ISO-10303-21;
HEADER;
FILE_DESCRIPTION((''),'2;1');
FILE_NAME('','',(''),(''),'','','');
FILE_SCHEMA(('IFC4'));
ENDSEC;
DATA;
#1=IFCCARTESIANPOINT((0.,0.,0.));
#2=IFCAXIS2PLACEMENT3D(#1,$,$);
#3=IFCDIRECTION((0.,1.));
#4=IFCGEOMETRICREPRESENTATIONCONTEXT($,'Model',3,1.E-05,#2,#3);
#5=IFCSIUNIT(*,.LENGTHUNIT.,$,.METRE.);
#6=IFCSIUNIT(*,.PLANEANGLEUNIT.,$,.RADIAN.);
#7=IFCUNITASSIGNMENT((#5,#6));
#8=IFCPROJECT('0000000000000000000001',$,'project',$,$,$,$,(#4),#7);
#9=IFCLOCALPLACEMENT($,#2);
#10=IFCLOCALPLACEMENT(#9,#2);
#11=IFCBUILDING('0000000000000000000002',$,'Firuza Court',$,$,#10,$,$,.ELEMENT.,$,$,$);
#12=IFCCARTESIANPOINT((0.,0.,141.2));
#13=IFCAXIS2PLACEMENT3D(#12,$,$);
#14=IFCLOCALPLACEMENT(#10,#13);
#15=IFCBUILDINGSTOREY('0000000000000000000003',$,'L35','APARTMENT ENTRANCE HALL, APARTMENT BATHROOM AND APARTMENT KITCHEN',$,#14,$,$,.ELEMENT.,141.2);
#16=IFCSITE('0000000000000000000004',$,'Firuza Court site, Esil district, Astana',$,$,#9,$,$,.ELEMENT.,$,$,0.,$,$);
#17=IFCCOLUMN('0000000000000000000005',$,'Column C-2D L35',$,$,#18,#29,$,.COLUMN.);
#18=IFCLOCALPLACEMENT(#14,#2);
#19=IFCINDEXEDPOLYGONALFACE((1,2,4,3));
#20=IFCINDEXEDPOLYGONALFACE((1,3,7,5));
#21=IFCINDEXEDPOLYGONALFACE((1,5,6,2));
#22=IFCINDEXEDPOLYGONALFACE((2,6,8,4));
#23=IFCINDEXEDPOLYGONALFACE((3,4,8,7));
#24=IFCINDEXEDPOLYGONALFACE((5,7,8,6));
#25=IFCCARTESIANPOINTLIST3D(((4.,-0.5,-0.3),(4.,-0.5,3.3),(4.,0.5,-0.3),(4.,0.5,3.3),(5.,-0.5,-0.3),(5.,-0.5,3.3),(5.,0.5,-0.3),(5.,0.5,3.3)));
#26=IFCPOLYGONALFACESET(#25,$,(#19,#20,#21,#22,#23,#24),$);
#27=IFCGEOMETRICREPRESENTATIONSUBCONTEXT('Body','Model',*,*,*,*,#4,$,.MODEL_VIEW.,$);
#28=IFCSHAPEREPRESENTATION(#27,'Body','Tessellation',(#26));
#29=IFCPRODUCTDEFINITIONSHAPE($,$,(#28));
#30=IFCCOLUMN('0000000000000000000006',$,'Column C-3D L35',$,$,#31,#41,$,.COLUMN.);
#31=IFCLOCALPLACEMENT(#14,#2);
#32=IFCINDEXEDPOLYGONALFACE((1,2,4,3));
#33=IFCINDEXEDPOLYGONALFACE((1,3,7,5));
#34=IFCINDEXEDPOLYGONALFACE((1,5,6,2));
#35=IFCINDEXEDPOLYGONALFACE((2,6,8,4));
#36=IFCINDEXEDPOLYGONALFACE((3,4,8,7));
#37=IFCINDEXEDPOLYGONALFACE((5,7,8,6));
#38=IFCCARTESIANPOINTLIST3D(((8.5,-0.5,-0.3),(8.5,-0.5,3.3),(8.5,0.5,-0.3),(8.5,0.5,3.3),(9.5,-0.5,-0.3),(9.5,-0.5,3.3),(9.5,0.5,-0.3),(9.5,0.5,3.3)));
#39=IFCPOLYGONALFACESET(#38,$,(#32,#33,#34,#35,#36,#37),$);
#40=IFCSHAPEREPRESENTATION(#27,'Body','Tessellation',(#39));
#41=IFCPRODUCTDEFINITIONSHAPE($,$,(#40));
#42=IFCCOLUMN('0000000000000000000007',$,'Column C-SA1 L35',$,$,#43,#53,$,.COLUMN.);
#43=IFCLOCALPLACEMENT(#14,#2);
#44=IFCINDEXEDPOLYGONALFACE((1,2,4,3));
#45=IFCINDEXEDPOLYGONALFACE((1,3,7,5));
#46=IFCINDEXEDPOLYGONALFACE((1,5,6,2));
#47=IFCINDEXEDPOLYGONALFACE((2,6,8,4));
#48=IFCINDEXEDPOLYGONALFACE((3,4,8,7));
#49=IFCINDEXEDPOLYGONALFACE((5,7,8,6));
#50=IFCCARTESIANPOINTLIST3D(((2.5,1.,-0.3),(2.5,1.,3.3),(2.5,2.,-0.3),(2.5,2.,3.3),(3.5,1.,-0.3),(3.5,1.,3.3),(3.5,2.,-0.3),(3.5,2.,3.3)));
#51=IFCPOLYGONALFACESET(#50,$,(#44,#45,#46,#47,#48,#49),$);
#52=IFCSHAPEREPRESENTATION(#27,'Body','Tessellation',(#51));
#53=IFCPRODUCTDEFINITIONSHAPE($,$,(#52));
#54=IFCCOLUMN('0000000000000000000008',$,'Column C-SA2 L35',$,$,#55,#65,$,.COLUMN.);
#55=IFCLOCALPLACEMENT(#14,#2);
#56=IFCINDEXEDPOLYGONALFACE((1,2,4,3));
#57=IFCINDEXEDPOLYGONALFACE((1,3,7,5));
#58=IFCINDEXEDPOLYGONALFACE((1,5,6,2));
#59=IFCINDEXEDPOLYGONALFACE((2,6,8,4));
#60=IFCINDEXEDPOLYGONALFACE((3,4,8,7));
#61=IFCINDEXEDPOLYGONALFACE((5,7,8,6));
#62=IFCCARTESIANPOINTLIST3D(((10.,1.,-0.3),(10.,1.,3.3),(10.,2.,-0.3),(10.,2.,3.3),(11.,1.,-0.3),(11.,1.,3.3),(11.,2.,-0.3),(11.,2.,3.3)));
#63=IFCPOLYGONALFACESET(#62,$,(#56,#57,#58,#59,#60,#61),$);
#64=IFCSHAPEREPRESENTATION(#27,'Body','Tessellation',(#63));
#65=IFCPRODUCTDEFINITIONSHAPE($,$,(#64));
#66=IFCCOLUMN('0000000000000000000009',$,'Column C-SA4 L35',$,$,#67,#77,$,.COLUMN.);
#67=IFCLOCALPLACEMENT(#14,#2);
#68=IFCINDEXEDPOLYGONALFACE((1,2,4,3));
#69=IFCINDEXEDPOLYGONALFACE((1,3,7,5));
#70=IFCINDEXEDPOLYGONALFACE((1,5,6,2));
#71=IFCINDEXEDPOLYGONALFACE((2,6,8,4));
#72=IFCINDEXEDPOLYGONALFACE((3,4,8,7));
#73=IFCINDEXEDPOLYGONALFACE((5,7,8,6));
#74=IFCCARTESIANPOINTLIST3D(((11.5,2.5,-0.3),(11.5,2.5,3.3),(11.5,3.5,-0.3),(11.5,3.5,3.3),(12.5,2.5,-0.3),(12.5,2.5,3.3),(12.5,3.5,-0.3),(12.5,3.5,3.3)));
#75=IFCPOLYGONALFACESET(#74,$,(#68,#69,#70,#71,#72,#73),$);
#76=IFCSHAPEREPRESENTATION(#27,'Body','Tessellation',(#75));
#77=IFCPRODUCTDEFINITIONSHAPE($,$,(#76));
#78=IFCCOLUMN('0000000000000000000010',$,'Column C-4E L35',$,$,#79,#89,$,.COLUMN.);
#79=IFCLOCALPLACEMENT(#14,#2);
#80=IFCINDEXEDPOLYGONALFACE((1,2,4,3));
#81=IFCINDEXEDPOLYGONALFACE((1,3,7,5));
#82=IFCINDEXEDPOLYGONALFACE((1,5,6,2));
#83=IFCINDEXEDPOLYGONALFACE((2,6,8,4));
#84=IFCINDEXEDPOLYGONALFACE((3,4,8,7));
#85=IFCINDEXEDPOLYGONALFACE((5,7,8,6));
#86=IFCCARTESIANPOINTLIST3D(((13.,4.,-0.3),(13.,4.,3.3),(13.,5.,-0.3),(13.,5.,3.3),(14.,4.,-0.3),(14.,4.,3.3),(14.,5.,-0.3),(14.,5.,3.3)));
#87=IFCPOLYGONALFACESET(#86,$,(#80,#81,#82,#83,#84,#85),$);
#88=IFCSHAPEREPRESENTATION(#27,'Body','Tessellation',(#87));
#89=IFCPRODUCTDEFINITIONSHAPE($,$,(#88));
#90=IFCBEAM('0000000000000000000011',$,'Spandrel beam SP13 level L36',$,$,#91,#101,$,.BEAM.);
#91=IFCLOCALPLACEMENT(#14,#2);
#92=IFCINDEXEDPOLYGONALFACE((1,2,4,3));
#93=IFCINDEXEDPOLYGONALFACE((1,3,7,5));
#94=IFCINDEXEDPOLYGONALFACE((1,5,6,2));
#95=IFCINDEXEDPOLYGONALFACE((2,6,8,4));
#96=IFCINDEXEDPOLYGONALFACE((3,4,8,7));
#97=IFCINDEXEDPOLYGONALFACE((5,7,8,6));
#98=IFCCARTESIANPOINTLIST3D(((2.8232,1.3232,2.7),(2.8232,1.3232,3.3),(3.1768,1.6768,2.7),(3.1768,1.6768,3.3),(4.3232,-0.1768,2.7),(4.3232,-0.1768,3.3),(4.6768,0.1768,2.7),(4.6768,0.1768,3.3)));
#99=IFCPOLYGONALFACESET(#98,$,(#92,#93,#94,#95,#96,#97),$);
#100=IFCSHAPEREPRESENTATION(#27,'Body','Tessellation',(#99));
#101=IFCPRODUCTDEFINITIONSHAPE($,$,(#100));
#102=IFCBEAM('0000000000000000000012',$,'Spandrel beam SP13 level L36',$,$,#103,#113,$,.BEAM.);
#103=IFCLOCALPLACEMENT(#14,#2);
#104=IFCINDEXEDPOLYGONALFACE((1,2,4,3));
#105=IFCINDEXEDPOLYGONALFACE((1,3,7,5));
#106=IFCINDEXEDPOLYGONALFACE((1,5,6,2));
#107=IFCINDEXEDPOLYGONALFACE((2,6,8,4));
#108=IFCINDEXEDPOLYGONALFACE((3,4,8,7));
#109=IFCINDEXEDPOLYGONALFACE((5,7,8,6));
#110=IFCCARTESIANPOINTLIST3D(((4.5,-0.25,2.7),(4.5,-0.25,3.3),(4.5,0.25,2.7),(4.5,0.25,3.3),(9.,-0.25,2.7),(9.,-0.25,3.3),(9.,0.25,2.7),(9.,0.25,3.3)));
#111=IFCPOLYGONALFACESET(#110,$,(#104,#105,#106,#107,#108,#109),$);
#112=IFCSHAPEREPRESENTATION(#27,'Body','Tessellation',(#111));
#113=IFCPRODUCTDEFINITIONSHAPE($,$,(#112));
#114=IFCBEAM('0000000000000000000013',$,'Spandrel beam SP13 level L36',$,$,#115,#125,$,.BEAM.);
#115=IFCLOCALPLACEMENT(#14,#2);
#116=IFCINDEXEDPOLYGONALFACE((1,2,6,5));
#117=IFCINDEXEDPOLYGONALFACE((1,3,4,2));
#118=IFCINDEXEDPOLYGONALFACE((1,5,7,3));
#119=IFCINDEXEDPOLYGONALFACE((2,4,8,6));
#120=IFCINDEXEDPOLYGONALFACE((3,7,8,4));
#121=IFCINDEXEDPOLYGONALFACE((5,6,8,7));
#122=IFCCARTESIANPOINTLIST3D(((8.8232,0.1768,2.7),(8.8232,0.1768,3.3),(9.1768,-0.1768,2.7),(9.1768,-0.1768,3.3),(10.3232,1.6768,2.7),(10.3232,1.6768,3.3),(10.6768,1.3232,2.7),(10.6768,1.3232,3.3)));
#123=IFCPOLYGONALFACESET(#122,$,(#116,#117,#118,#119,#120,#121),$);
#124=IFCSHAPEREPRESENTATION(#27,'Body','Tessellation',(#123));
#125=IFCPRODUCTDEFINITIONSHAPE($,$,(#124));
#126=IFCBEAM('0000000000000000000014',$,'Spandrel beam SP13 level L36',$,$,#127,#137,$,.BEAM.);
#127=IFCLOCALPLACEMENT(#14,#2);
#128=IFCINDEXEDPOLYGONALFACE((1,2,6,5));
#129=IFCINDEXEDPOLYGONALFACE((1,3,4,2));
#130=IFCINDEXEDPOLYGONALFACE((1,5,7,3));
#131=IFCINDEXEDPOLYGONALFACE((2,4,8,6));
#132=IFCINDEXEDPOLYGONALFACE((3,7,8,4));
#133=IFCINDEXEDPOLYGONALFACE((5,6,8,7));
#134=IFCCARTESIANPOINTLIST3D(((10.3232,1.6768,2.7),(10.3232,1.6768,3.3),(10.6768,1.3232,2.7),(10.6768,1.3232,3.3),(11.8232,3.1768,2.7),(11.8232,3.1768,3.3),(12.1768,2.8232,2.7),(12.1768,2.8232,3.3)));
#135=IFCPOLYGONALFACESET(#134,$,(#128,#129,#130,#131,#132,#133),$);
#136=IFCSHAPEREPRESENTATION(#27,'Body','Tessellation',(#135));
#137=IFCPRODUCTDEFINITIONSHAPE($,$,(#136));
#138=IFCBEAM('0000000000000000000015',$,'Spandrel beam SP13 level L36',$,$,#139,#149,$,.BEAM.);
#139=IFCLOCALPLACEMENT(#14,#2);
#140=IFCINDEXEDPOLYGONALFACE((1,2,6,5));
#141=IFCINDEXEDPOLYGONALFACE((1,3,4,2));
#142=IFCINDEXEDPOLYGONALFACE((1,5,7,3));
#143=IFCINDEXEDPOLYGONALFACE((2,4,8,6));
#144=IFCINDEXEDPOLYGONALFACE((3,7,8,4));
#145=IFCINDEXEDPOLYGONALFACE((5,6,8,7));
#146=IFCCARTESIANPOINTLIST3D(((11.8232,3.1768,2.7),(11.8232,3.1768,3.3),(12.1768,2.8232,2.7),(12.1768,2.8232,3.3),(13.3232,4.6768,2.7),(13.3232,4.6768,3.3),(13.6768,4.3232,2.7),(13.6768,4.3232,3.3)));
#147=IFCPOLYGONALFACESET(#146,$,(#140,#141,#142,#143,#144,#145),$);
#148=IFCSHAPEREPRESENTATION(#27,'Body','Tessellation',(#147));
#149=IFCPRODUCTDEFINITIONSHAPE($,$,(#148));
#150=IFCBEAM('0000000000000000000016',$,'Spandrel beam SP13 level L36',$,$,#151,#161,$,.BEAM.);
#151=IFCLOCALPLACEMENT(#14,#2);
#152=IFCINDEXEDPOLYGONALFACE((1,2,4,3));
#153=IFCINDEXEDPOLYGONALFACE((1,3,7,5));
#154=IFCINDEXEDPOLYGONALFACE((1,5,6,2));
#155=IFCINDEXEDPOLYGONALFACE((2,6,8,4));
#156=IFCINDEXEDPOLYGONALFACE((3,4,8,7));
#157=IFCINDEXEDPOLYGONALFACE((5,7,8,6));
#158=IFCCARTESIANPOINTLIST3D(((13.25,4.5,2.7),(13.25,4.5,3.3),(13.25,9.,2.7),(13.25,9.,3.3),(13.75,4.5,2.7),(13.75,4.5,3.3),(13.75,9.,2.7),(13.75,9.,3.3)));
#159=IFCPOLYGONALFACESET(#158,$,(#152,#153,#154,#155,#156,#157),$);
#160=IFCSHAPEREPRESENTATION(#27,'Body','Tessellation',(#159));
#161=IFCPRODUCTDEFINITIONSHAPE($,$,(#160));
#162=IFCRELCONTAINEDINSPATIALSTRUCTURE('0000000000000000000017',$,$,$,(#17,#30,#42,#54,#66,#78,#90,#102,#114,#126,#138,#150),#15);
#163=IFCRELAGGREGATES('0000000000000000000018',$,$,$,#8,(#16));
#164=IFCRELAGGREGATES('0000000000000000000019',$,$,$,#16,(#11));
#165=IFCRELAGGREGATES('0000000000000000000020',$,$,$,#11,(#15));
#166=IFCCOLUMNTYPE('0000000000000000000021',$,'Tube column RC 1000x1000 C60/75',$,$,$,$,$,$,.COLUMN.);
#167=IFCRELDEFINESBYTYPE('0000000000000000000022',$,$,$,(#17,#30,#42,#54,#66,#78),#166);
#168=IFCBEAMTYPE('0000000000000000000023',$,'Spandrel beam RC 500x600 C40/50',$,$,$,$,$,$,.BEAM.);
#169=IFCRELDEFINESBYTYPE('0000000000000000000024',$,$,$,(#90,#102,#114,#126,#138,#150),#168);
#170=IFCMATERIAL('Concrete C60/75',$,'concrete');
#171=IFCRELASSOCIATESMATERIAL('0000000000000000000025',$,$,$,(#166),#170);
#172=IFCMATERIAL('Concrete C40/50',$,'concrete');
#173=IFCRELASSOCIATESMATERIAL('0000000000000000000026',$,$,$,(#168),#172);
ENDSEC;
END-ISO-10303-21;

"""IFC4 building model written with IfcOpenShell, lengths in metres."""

from ifc_helpers import new_model, si_unit, direction, frame, origin, origin_2d, place, context, subcontext, project, spatial, rectangle, extrude, material, material_profile, profile_set, type_object, element, save


model = new_model("IFC4")

# Units and contexts
model_context = context("Model", 3, precision=1e-05, world=origin(), true_north=direction((0.0, 1.0)))
body_context = subcontext(model_context, "Body", "Model", "MODEL_VIEW")
ifc_project = project(units=[si_unit("LENGTHUNIT", "METRE"), si_unit("PLANEANGLEUNIT", "RADIAN")], contexts=[model_context])

# Site, building, storey
site_placement = place(None, origin())
site = spatial("IfcSite", under=ifc_project, at=site_placement, Name="Firuza Court site, Esil district, Astana", CompositionType="ELEMENT", RefElevation=0.0)
building_placement = place(site_placement, origin())
building = spatial("IfcBuilding", under=site, at=building_placement, Name="Firuza Court", CompositionType="ELEMENT")
storey_placement = place(building_placement, frame((0.0, 0.0, 141.2)))
storey = spatial("IfcBuildingStorey", under=building, at=storey_placement, Name="L35", Description="APARTMENT ENTRANCE HALL, APARTMENT BATHROOM AND APARTMENT KITCHEN", CompositionType="ELEMENT", Elevation=141.2)

# Columns
ifc_material_1 = material(Name="Concrete C60/75", Category="concrete")
ifc_material_profile_1 = material_profile(ifc_material_1, rectangle(XDim=1.0, YDim=1.0, at=origin_2d()), Name="RC 1000x1000")
ifc_profile_set_1 = profile_set([ifc_material_profile_1], Name="Concrete C60/75")
column_type = type_object("IfcColumnType", Name="Tube column RC 1000x1000 C60/75", PredefinedType="COLUMN", material=ifc_profile_set_1)
for number, where, z_axis, x_axis, name in (
    (1, (4.5, 0.0, -0.3), (0.0, 0.0, 1.0), (1.0, 0.0, 0.0), "Column C-2D L35"),
    (2, (9.0, 0.0, -0.3), (0.0, 0.0, 1.0), (1.0, 0.0, 0.0), "Column C-3D L35"),
    (3, (3.0, 1.5, -0.3), (0.0, 0.0, 1.0), (1.0, 0.0, 0.0), "Column C-SA1 L35"),
    (4, (10.5, 1.5, -0.3), (0.0, 0.0, 1.0), (1.0, 0.0, 0.0), "Column C-SA2 L35"),
    (5, (12.0, 3.0, -0.3), (0.0, 0.0, 1.0), (1.0, 0.0, 0.0), "Column C-SA4 L35"),
    (6, (13.5, 4.5, -0.3), (0.0, 0.0, 1.0), (1.0, 0.0, 0.0), "Column C-4E L35"),
):
    element("IfcColumn", number, at=place(storey_placement, frame(where, z_axis=z_axis, x_axis=x_axis)), inside=storey, type_object=column_type, Name=name, PredefinedType="COLUMN", context=body_context, shape_type="SweptSolid", body=[
        extrude(rectangle(XDim=1.0, YDim=1.0, at=origin_2d()), origin(), (0.0, 0.0, 1.0), 3.6001),
    ])

# Beams
ifc_material_2 = material(Name="Concrete C40/50", Category="concrete")
ifc_material_profile_2 = material_profile(ifc_material_2, rectangle(XDim=0.5, YDim=0.6001, at=origin_2d()), Name="RC 500x600")
ifc_profile_set_2 = profile_set([ifc_material_profile_2], Name="Concrete C40/50")
beam_type = type_object("IfcBeamType", Name="Spandrel beam RC 500x600 C40/50", PredefinedType="BEAM", material=ifc_profile_set_2)
beam_1_placement = place(storey_placement, frame((3.0, 1.5, 3.0), z_axis=(0.707107, -0.707107, 0.0), x_axis=(0.707107, 0.707107, 0.0)))
element("IfcBeam", 7, at=beam_1_placement, inside=storey, type_object=beam_type, Name="Spandrel beam SP13 level L36", PredefinedType="BEAM", context=body_context, shape_type="SweptSolid", body=[
    extrude(rectangle(XDim=0.5, YDim=0.6001, at=origin_2d()), origin(), (0.0, 0.0, 1.0), 2.1213),
])
beam_2_placement = place(storey_placement, frame((4.5, 0.0, 3.0), z_axis=(1.0, 0.0, 0.0), x_axis=(0.0, 1.0, 0.0)))
element("IfcBeam", 8, at=beam_2_placement, inside=storey, type_object=beam_type, Name="Spandrel beam SP13 level L36", PredefinedType="BEAM", context=body_context, shape_type="SweptSolid", body=[
    extrude(rectangle(XDim=0.5, YDim=0.6001, at=origin_2d()), origin(), (0.0, 0.0, 1.0), 4.5),
])
for number, where, z_axis, x_axis, name in (
    (9, (9.0, 0.0, 3.0), (0.707107, 0.707107, 0.0), (-0.707107, 0.707107, 0.0), "Spandrel beam SP13 level L36"),
    (10, (10.5, 1.5, 3.0), (0.707107, 0.707107, 0.0), (-0.707107, 0.707107, 0.0), "Spandrel beam SP13 level L36"),
    (11, (12.0, 3.0, 3.0), (0.707107, 0.707107, 0.0), (-0.707107, 0.707107, 0.0), "Spandrel beam SP13 level L36"),
):
    element("IfcBeam", number, at=place(storey_placement, frame(where, z_axis=z_axis, x_axis=x_axis)), inside=storey, type_object=beam_type, Name=name, PredefinedType="BEAM", context=body_context, shape_type="SweptSolid", body=[
        extrude(rectangle(XDim=0.5, YDim=0.6001, at=origin_2d()), origin(), (0.0, 0.0, 1.0), 2.1213),
    ])
beam_3_placement = place(storey_placement, frame((13.5, 4.5, 3.0), z_axis=(0.0, 1.0, 0.0), x_axis=(-1.0, 0.0, 0.0)))
element("IfcBeam", 12, at=beam_3_placement, inside=storey, type_object=beam_type, Name="Spandrel beam SP13 level L36", PredefinedType="BEAM", context=body_context, shape_type="SweptSolid", body=[
    extrude(rectangle(XDim=0.5, YDim=0.6001, at=origin_2d()), origin(), (0.0, 0.0, 1.0), 4.5),
])

save(model, "model.ifc")
